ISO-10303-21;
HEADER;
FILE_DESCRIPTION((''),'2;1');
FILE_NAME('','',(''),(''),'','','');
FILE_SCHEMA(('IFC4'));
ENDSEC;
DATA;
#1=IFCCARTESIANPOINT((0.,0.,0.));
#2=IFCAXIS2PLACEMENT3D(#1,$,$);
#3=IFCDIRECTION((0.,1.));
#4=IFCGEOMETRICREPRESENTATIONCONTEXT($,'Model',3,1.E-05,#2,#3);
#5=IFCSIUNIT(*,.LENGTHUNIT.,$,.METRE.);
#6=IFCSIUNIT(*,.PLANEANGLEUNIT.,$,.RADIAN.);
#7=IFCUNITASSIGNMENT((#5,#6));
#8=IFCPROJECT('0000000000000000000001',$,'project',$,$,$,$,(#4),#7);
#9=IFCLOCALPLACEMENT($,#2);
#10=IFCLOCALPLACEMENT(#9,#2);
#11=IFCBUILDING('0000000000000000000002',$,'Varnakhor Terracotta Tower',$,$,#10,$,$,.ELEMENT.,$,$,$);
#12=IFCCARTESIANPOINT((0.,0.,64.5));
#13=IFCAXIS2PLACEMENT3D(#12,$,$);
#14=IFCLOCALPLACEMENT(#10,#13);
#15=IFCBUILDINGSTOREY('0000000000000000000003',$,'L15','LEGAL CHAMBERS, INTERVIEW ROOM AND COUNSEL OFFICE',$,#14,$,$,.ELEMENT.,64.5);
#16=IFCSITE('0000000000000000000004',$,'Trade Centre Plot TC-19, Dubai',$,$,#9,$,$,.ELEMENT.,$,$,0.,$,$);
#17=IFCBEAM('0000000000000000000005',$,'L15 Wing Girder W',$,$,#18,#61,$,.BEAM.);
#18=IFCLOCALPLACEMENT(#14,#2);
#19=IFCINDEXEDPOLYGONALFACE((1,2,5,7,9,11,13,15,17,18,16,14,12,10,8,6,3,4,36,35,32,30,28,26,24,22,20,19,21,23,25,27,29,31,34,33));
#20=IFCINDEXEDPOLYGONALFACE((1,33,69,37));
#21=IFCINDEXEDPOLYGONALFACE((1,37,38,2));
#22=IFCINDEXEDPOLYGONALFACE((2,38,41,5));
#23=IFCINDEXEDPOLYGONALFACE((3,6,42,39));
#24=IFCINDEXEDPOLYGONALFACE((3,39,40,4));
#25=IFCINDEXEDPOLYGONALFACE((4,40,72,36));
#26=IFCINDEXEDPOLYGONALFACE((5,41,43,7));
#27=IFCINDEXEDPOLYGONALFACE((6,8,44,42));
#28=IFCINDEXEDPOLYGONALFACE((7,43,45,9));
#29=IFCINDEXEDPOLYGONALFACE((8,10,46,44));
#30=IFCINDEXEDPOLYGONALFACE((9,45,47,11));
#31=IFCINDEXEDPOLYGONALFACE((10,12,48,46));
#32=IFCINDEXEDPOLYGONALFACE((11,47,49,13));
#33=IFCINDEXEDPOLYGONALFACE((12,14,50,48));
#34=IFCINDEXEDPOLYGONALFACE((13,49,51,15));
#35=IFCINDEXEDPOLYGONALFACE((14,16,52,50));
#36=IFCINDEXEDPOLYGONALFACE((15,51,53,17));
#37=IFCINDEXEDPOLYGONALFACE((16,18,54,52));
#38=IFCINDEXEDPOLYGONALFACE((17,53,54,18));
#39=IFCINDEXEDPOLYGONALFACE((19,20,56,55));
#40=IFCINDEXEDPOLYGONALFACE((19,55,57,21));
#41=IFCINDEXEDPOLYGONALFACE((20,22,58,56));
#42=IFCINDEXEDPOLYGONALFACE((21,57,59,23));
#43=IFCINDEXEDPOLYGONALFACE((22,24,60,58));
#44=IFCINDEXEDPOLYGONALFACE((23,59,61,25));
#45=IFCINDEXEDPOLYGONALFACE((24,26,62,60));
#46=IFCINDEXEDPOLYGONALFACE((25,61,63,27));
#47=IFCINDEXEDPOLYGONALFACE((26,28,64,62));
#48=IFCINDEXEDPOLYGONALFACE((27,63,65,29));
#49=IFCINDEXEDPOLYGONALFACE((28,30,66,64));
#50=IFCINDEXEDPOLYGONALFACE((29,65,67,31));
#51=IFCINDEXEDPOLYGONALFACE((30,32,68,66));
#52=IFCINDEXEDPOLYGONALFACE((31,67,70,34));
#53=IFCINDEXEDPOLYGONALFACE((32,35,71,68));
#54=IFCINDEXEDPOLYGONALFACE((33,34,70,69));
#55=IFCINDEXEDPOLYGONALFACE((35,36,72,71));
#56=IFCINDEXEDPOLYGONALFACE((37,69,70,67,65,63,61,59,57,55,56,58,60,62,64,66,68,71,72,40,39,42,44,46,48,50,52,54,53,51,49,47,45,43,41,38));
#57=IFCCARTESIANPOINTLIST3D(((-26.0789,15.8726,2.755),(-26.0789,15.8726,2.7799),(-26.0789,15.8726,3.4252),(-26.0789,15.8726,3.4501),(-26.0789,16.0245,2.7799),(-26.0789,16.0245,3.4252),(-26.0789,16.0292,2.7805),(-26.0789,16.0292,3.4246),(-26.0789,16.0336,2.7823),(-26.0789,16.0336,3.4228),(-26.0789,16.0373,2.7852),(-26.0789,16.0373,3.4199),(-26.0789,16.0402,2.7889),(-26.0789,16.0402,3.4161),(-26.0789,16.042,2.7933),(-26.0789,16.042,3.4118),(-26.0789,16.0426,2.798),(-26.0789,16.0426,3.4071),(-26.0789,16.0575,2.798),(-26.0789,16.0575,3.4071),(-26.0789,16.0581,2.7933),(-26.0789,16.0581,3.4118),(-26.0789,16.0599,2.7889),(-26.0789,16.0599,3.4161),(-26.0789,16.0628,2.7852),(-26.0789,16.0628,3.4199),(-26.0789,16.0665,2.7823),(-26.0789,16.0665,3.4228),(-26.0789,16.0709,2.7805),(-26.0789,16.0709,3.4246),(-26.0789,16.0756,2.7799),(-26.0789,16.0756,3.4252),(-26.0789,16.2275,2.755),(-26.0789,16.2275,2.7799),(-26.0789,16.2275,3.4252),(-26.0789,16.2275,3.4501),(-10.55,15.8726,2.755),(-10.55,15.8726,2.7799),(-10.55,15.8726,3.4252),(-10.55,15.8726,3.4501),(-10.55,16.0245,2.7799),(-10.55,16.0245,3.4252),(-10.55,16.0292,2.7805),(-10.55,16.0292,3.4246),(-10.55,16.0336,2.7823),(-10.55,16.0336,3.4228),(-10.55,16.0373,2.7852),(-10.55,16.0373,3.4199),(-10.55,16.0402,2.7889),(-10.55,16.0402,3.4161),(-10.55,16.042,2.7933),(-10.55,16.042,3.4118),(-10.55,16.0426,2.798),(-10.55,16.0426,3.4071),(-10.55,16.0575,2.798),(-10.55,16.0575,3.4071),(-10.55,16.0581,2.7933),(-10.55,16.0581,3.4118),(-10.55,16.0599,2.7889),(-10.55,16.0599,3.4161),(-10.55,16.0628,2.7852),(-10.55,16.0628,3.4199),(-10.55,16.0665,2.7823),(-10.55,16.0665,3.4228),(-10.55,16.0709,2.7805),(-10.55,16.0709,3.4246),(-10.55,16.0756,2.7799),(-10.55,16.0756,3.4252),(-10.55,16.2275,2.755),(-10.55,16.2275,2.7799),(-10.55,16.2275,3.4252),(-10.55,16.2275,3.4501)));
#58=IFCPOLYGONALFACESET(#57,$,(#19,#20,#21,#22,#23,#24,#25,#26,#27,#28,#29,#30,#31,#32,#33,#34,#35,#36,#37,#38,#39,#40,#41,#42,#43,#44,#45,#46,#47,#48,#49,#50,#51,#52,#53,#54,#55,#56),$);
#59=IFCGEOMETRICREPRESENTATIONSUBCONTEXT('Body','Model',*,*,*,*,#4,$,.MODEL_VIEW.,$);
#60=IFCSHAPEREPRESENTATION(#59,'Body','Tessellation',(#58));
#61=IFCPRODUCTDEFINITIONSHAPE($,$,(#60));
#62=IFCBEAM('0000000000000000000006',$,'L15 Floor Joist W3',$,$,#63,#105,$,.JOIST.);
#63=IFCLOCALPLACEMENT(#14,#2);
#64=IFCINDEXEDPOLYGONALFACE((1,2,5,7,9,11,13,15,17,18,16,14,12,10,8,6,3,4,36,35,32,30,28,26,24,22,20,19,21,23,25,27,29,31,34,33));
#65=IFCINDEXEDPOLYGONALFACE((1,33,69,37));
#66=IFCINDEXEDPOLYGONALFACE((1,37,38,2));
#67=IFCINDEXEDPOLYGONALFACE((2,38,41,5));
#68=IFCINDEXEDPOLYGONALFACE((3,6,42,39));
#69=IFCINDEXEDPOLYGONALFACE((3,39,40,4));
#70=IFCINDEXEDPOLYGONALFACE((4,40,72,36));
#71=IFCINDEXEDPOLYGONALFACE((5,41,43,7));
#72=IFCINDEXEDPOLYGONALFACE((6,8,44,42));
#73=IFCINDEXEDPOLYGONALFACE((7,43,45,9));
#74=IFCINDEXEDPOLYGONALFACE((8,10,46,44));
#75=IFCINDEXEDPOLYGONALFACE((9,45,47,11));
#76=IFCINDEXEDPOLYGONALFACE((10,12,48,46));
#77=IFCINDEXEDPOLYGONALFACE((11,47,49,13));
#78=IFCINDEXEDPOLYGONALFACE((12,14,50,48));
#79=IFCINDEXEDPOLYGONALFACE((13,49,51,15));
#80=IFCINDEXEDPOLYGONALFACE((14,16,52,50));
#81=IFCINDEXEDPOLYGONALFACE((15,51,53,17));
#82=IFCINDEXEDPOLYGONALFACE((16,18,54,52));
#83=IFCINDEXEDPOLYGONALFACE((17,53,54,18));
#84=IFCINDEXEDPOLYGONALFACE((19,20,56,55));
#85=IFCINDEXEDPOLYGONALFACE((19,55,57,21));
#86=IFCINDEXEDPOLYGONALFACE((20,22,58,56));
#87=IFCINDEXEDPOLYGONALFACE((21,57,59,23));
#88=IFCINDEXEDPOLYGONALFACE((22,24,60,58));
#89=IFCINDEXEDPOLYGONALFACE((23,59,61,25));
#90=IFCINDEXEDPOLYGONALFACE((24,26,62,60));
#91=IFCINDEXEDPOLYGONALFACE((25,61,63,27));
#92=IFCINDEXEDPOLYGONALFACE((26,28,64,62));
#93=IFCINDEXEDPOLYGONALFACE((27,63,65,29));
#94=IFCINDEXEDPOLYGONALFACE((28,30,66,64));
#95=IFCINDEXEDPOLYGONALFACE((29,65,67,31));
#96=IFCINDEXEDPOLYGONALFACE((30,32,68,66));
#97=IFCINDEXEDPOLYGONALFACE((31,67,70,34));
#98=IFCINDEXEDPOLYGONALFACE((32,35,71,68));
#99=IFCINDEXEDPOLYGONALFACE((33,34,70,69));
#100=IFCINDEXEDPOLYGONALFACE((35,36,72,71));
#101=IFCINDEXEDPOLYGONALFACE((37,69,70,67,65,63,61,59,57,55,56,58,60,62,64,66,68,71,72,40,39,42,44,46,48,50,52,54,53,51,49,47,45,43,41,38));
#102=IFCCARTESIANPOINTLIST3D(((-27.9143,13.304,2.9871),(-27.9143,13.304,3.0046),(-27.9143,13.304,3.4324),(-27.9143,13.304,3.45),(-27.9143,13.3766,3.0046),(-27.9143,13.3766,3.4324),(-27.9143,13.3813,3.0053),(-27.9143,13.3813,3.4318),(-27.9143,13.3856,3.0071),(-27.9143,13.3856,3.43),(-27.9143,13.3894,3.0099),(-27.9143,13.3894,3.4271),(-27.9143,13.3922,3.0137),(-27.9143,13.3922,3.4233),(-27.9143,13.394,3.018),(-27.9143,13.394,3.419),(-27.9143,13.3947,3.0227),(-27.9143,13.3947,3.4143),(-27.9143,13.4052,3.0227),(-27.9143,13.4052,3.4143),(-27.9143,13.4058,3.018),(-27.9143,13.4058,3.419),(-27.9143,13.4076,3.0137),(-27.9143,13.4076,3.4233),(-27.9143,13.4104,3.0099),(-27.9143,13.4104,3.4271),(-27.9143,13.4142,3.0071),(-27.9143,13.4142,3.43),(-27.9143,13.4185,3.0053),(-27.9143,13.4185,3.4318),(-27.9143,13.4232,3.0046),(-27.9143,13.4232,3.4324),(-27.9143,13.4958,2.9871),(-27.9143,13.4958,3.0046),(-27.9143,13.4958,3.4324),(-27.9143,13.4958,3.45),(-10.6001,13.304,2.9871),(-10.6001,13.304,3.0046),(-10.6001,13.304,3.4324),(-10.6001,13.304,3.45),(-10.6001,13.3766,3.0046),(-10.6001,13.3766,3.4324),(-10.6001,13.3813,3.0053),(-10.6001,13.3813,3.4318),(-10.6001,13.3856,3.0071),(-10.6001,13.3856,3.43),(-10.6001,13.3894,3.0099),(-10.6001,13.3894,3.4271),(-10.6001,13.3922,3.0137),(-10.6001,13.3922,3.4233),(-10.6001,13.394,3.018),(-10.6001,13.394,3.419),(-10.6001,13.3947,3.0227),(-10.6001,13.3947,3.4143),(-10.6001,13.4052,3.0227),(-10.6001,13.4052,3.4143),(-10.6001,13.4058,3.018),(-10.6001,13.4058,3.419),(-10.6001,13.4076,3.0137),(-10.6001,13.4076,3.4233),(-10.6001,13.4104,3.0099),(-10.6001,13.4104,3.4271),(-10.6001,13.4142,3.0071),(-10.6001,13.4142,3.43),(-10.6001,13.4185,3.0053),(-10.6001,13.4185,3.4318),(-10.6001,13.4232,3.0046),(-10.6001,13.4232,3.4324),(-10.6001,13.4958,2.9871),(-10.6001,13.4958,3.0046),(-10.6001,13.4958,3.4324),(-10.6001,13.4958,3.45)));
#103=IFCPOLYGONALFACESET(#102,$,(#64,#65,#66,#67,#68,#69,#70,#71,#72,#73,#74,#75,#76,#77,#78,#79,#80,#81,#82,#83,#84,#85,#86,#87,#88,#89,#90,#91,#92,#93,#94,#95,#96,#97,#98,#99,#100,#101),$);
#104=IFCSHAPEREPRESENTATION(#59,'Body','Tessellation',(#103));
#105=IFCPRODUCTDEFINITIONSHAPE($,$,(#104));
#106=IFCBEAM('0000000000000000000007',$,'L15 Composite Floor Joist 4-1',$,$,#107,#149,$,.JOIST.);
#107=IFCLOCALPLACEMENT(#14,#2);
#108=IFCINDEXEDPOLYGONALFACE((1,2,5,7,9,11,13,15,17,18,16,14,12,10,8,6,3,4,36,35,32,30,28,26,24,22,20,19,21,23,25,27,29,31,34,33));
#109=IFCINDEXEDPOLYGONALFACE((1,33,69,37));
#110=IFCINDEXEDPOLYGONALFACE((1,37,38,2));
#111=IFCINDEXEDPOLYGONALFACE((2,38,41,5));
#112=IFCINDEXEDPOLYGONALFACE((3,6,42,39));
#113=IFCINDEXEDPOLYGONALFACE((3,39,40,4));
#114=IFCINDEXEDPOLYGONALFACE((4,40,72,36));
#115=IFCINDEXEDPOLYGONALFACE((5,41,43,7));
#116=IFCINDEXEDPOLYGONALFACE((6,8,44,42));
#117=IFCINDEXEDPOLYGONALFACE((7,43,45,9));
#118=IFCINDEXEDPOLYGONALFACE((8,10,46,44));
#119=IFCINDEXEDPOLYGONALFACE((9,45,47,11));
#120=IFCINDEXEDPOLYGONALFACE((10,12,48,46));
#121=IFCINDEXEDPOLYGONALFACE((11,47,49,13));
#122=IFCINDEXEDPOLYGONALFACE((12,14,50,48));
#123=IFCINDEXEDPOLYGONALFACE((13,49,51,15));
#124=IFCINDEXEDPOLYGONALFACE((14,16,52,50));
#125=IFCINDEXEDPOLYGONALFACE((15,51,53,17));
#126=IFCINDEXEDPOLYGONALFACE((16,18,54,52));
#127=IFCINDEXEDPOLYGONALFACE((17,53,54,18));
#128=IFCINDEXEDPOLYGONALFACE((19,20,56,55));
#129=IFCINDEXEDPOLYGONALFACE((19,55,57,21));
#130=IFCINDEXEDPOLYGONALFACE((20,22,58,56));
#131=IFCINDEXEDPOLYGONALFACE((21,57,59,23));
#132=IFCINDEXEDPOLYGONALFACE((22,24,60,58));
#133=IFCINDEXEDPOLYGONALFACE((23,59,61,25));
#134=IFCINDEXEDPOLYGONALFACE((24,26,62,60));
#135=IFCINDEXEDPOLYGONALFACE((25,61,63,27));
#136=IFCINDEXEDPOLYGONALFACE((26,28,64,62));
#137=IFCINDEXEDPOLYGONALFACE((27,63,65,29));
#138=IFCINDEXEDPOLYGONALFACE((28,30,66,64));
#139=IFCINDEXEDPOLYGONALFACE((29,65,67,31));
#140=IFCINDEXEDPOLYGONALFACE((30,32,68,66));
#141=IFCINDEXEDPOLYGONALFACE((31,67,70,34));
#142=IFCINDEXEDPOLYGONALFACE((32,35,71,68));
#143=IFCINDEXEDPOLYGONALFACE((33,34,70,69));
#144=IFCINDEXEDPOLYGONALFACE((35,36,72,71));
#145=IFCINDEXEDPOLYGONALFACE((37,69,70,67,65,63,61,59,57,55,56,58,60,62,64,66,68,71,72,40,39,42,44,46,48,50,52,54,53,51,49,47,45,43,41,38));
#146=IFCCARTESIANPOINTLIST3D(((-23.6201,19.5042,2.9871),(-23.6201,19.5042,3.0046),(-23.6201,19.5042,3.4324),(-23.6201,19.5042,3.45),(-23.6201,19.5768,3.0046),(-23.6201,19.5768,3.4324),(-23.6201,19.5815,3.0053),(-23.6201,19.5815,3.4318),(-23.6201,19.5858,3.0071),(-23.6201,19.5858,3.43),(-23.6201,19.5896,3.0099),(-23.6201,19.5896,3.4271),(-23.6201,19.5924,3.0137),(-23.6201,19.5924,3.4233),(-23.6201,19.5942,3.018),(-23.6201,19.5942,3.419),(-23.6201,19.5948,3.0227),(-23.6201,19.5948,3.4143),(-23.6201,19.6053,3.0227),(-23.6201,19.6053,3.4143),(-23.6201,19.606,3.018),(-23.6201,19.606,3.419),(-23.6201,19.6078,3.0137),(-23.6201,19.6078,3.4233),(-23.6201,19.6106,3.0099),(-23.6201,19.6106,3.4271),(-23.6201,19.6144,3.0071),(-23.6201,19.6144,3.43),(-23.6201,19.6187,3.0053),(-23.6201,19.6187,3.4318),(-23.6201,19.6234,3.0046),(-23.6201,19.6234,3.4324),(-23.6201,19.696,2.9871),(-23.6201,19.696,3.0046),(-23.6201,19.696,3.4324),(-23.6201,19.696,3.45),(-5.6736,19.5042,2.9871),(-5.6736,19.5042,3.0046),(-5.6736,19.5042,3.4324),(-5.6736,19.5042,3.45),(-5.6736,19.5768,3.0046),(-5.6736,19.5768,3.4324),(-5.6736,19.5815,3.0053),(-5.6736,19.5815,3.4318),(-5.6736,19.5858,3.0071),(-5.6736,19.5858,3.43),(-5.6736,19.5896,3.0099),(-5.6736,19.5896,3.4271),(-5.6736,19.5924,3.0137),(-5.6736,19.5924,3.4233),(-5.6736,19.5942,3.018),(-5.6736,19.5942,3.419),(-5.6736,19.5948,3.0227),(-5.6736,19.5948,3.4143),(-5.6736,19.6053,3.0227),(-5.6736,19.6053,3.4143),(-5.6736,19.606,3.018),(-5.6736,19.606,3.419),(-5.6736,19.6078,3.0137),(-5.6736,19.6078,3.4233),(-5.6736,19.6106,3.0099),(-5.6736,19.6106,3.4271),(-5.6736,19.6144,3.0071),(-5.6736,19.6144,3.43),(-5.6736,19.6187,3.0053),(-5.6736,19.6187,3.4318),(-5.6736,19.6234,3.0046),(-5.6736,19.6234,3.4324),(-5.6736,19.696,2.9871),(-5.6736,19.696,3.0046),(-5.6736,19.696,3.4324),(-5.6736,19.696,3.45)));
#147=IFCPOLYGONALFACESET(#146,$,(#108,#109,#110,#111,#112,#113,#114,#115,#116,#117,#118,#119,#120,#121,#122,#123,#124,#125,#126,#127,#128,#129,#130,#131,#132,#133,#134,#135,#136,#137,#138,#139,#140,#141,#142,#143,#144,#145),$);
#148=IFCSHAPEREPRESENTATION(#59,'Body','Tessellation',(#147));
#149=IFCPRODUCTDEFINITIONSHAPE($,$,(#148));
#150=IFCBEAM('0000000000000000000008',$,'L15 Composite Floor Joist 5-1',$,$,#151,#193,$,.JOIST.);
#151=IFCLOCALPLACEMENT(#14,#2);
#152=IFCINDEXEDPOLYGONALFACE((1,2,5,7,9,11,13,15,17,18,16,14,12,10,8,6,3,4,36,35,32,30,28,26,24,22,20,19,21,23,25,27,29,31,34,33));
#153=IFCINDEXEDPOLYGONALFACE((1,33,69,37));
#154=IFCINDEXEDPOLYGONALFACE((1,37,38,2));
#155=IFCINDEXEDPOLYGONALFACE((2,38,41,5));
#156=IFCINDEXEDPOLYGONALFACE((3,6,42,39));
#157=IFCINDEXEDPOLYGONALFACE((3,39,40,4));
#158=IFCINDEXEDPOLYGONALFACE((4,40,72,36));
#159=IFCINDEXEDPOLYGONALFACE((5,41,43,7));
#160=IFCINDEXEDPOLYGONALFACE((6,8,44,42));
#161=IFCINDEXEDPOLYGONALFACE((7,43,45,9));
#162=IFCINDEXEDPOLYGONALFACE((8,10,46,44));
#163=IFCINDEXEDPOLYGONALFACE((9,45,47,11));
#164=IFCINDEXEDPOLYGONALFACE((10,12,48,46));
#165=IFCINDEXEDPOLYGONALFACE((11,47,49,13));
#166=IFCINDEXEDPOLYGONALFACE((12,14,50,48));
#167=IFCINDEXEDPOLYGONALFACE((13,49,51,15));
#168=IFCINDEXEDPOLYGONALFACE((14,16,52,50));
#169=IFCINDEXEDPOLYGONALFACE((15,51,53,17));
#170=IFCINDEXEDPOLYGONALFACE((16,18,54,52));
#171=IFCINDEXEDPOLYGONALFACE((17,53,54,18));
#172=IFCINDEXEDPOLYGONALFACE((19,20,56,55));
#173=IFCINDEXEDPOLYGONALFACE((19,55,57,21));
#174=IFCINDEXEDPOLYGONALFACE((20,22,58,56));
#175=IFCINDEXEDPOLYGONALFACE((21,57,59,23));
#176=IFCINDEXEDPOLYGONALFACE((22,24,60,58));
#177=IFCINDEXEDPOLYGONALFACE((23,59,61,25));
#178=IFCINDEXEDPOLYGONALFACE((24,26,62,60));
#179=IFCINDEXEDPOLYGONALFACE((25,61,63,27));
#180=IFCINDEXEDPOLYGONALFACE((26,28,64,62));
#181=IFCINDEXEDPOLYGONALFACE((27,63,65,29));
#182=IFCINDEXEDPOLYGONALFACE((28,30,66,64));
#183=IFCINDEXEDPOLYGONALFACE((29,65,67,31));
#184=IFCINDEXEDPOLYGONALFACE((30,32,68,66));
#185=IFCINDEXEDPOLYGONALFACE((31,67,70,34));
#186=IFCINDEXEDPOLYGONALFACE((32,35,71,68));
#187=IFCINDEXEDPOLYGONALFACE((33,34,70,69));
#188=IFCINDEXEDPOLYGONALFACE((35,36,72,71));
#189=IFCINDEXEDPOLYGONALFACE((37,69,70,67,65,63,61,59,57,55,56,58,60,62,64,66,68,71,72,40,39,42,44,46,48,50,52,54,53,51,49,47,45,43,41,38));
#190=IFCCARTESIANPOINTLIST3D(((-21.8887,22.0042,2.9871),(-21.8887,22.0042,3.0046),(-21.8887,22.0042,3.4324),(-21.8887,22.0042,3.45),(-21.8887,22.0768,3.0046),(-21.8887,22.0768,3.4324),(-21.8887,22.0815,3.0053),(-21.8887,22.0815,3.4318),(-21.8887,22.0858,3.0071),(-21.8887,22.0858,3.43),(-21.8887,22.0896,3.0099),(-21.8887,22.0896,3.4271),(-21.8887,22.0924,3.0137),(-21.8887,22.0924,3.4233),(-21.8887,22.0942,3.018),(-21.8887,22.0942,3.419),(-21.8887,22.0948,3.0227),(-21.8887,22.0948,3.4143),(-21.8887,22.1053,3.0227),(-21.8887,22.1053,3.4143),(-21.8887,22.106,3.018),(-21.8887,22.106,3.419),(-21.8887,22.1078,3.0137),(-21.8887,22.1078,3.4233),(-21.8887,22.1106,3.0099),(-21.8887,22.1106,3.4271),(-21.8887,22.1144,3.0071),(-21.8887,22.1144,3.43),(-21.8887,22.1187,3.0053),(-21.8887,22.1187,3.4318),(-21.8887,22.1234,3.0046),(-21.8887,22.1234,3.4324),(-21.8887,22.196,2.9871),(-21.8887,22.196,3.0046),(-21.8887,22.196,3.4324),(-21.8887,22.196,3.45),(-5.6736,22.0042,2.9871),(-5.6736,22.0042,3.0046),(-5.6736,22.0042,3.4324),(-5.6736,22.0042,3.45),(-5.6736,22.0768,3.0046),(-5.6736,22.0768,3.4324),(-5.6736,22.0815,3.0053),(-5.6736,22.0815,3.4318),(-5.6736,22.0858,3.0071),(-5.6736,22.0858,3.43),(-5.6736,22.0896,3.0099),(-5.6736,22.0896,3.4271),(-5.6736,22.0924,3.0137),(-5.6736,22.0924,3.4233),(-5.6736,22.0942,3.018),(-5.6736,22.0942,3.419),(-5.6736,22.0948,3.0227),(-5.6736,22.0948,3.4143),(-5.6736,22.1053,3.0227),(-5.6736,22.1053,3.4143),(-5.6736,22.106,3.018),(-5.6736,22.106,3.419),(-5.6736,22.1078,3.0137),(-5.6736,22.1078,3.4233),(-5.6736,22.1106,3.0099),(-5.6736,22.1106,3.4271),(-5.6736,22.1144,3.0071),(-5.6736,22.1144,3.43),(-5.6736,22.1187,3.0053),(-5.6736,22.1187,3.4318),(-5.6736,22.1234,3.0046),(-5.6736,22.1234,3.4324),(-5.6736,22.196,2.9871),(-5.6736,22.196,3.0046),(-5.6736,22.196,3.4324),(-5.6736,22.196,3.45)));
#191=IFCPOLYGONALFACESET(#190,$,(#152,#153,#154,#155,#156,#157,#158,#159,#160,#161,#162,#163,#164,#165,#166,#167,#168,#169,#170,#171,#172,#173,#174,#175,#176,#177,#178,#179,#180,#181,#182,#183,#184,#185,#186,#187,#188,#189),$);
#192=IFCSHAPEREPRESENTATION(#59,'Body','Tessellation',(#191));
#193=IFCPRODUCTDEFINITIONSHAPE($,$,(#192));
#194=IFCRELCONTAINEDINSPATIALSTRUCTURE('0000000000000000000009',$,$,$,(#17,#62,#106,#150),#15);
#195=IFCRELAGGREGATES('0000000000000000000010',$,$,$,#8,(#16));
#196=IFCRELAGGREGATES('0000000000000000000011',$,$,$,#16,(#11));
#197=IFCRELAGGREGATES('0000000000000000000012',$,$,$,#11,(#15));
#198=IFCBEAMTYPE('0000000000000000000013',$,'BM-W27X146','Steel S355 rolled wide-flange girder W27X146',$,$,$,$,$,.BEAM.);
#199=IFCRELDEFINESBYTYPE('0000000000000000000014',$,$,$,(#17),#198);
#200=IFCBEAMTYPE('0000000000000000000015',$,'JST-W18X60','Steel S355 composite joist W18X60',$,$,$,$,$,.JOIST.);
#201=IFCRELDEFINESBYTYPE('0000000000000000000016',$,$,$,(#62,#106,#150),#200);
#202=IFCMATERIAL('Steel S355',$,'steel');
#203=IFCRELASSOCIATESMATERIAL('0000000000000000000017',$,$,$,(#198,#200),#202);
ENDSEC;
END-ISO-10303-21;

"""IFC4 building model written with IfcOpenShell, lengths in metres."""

from ifc_helpers import new_model, si_unit, direction, frame, origin, origin_2d, place, context, subcontext, project, spatial, i_section, extrude, source, transform, mapped, material, material_profile, profile_set, type_object, element, save


model = new_model("IFC4")

# Units and contexts
model_context = context("Model", 3, precision=1e-05, world=origin(), true_north=direction((0.0, 1.0)))
body_context = subcontext(model_context, "Body", "Model", "MODEL_VIEW")
ifc_project = project(units=[si_unit("LENGTHUNIT", "METRE"), si_unit("PLANEANGLEUNIT", "RADIAN")], contexts=[model_context])

# Site, building, storey
site_placement = place(None, origin())
site = spatial("IfcSite", under=ifc_project, at=site_placement, Name="Trade Centre Plot TC-19, Dubai", CompositionType="ELEMENT", RefElevation=0.0)
building_placement = place(site_placement, origin())
building = spatial("IfcBuilding", under=site, at=building_placement, Name="Varnakhor Terracotta Tower", CompositionType="ELEMENT")
storey_placement = place(building_placement, frame((0.0, 0.0, 64.5)))
storey = spatial("IfcBuildingStorey", under=building, at=storey_placement, Name="L15", Description="LEGAL CHAMBERS, INTERVIEW ROOM AND COUNSEL OFFICE", CompositionType="ELEMENT", Elevation=64.5)

# Beams
ifc_material_1 = material(Name="Steel S355", Category="steel")
ifc_material_profile_1 = material_profile(ifc_material_1, i_section(OverallWidth=0.355, OverallDepth=0.6951, WebThickness=0.0149, FlangeThickness=0.0249, FilletRadius=0.0181, at=origin_2d()), Name="W27X146")
ifc_profile_set_1 = profile_set([ifc_material_profile_1], Name="Steel S355")
beam_type_1 = type_object("IfcBeamType", Name="BM-W27X146", Description="Steel S355 rolled wide-flange girder W27X146", PredefinedType="BEAM", material=ifc_profile_set_1)
shared_shape_1 = source(origin(), body_context, "Body", "SweptSolid", [
    extrude(i_section(OverallWidth=0.355, OverallDepth=0.6951, WebThickness=0.0149, FlangeThickness=0.0249, FilletRadius=0.0181, at=origin_2d()), origin(), (0.0, 0.0, 1.0), 15.5288),
])
beam_1_placement = place(storey_placement, frame((-26.0789, 16.05, 3.1025), z_axis=(1.0, 0.0, 0.0), x_axis=(0.0, 1.0, 0.0)))
element("IfcBeam", 1, at=beam_1_placement, inside=storey, type_object=beam_type_1, Name="L15 Wing Girder W", PredefinedType="BEAM", context=body_context, shape_type="MappedRepresentation", body=[
    mapped(shared_shape_1, transform((0.0, 0.0, 0.0), scale=1.0)),
])
ifc_material_profile_2 = material_profile(ifc_material_1, i_section(OverallWidth=0.1919, OverallDepth=0.4629, WebThickness=0.0105, FlangeThickness=0.0176, FilletRadius=0.0181, at=origin_2d()), Name="W18X60")
ifc_profile_set_2 = profile_set([ifc_material_profile_2], Name="Steel S355")
beam_type_2 = type_object("IfcBeamType", Name="JST-W18X60", Description="Steel S355 composite joist W18X60", PredefinedType="JOIST", material=ifc_profile_set_2)
shared_shape_2 = source(origin(), body_context, "Body", "SweptSolid", [
    extrude(i_section(OverallWidth=0.1919, OverallDepth=0.4629, WebThickness=0.0105, FlangeThickness=0.0176, FilletRadius=0.0181, at=origin_2d()), origin(), (0.0, 0.0, 1.0), 17.3142),
])
beam_2_placement = place(storey_placement, frame((-27.9143, 13.3999, 3.2185), z_axis=(1.0, 0.0, 0.0), x_axis=(0.0, 1.0, 0.0)))
element("IfcBeam", 2, at=beam_2_placement, inside=storey, type_object=beam_type_2, Name="L15 Floor Joist W3", PredefinedType="JOIST", context=body_context, shape_type="MappedRepresentation", body=[
    mapped(shared_shape_2, transform((0.0, 0.0, 0.0), scale=1.0)),
])
shared_shape_3 = source(origin(), body_context, "Body", "SweptSolid", [
    extrude(i_section(OverallWidth=0.1919, OverallDepth=0.4629, WebThickness=0.0105, FlangeThickness=0.0176, FilletRadius=0.0181, at=origin_2d()), origin(), (0.0, 0.0, 1.0), 17.9465),
])
beam_3_placement = place(storey_placement, frame((-23.6201, 19.6001, 3.2185), z_axis=(1.0, 0.0, 0.0), x_axis=(0.0, 1.0, 0.0)))
element("IfcBeam", 3, at=beam_3_placement, inside=storey, type_object=beam_type_2, Name="L15 Composite Floor Joist 4-1", PredefinedType="JOIST", context=body_context, shape_type="MappedRepresentation", body=[
    mapped(shared_shape_3, transform((0.0, 0.0, 0.0), scale=1.0)),
])
shared_shape_4 = source(origin(), body_context, "Body", "SweptSolid", [
    extrude(i_section(OverallWidth=0.1919, OverallDepth=0.4629, WebThickness=0.0105, FlangeThickness=0.0176, FilletRadius=0.0181, at=origin_2d()), origin(), (0.0, 0.0, 1.0), 16.2151),
])
beam_4_placement = place(storey_placement, frame((-21.8887, 22.1001, 3.2185), z_axis=(1.0, 0.0, 0.0), x_axis=(0.0, 1.0, 0.0)))
element("IfcBeam", 4, at=beam_4_placement, inside=storey, type_object=beam_type_2, Name="L15 Composite Floor Joist 5-1", PredefinedType="JOIST", context=body_context, shape_type="MappedRepresentation", body=[
    mapped(shared_shape_4, transform((0.0, 0.0, 0.0), scale=1.0)),
])

save(model, "model.ifc")
